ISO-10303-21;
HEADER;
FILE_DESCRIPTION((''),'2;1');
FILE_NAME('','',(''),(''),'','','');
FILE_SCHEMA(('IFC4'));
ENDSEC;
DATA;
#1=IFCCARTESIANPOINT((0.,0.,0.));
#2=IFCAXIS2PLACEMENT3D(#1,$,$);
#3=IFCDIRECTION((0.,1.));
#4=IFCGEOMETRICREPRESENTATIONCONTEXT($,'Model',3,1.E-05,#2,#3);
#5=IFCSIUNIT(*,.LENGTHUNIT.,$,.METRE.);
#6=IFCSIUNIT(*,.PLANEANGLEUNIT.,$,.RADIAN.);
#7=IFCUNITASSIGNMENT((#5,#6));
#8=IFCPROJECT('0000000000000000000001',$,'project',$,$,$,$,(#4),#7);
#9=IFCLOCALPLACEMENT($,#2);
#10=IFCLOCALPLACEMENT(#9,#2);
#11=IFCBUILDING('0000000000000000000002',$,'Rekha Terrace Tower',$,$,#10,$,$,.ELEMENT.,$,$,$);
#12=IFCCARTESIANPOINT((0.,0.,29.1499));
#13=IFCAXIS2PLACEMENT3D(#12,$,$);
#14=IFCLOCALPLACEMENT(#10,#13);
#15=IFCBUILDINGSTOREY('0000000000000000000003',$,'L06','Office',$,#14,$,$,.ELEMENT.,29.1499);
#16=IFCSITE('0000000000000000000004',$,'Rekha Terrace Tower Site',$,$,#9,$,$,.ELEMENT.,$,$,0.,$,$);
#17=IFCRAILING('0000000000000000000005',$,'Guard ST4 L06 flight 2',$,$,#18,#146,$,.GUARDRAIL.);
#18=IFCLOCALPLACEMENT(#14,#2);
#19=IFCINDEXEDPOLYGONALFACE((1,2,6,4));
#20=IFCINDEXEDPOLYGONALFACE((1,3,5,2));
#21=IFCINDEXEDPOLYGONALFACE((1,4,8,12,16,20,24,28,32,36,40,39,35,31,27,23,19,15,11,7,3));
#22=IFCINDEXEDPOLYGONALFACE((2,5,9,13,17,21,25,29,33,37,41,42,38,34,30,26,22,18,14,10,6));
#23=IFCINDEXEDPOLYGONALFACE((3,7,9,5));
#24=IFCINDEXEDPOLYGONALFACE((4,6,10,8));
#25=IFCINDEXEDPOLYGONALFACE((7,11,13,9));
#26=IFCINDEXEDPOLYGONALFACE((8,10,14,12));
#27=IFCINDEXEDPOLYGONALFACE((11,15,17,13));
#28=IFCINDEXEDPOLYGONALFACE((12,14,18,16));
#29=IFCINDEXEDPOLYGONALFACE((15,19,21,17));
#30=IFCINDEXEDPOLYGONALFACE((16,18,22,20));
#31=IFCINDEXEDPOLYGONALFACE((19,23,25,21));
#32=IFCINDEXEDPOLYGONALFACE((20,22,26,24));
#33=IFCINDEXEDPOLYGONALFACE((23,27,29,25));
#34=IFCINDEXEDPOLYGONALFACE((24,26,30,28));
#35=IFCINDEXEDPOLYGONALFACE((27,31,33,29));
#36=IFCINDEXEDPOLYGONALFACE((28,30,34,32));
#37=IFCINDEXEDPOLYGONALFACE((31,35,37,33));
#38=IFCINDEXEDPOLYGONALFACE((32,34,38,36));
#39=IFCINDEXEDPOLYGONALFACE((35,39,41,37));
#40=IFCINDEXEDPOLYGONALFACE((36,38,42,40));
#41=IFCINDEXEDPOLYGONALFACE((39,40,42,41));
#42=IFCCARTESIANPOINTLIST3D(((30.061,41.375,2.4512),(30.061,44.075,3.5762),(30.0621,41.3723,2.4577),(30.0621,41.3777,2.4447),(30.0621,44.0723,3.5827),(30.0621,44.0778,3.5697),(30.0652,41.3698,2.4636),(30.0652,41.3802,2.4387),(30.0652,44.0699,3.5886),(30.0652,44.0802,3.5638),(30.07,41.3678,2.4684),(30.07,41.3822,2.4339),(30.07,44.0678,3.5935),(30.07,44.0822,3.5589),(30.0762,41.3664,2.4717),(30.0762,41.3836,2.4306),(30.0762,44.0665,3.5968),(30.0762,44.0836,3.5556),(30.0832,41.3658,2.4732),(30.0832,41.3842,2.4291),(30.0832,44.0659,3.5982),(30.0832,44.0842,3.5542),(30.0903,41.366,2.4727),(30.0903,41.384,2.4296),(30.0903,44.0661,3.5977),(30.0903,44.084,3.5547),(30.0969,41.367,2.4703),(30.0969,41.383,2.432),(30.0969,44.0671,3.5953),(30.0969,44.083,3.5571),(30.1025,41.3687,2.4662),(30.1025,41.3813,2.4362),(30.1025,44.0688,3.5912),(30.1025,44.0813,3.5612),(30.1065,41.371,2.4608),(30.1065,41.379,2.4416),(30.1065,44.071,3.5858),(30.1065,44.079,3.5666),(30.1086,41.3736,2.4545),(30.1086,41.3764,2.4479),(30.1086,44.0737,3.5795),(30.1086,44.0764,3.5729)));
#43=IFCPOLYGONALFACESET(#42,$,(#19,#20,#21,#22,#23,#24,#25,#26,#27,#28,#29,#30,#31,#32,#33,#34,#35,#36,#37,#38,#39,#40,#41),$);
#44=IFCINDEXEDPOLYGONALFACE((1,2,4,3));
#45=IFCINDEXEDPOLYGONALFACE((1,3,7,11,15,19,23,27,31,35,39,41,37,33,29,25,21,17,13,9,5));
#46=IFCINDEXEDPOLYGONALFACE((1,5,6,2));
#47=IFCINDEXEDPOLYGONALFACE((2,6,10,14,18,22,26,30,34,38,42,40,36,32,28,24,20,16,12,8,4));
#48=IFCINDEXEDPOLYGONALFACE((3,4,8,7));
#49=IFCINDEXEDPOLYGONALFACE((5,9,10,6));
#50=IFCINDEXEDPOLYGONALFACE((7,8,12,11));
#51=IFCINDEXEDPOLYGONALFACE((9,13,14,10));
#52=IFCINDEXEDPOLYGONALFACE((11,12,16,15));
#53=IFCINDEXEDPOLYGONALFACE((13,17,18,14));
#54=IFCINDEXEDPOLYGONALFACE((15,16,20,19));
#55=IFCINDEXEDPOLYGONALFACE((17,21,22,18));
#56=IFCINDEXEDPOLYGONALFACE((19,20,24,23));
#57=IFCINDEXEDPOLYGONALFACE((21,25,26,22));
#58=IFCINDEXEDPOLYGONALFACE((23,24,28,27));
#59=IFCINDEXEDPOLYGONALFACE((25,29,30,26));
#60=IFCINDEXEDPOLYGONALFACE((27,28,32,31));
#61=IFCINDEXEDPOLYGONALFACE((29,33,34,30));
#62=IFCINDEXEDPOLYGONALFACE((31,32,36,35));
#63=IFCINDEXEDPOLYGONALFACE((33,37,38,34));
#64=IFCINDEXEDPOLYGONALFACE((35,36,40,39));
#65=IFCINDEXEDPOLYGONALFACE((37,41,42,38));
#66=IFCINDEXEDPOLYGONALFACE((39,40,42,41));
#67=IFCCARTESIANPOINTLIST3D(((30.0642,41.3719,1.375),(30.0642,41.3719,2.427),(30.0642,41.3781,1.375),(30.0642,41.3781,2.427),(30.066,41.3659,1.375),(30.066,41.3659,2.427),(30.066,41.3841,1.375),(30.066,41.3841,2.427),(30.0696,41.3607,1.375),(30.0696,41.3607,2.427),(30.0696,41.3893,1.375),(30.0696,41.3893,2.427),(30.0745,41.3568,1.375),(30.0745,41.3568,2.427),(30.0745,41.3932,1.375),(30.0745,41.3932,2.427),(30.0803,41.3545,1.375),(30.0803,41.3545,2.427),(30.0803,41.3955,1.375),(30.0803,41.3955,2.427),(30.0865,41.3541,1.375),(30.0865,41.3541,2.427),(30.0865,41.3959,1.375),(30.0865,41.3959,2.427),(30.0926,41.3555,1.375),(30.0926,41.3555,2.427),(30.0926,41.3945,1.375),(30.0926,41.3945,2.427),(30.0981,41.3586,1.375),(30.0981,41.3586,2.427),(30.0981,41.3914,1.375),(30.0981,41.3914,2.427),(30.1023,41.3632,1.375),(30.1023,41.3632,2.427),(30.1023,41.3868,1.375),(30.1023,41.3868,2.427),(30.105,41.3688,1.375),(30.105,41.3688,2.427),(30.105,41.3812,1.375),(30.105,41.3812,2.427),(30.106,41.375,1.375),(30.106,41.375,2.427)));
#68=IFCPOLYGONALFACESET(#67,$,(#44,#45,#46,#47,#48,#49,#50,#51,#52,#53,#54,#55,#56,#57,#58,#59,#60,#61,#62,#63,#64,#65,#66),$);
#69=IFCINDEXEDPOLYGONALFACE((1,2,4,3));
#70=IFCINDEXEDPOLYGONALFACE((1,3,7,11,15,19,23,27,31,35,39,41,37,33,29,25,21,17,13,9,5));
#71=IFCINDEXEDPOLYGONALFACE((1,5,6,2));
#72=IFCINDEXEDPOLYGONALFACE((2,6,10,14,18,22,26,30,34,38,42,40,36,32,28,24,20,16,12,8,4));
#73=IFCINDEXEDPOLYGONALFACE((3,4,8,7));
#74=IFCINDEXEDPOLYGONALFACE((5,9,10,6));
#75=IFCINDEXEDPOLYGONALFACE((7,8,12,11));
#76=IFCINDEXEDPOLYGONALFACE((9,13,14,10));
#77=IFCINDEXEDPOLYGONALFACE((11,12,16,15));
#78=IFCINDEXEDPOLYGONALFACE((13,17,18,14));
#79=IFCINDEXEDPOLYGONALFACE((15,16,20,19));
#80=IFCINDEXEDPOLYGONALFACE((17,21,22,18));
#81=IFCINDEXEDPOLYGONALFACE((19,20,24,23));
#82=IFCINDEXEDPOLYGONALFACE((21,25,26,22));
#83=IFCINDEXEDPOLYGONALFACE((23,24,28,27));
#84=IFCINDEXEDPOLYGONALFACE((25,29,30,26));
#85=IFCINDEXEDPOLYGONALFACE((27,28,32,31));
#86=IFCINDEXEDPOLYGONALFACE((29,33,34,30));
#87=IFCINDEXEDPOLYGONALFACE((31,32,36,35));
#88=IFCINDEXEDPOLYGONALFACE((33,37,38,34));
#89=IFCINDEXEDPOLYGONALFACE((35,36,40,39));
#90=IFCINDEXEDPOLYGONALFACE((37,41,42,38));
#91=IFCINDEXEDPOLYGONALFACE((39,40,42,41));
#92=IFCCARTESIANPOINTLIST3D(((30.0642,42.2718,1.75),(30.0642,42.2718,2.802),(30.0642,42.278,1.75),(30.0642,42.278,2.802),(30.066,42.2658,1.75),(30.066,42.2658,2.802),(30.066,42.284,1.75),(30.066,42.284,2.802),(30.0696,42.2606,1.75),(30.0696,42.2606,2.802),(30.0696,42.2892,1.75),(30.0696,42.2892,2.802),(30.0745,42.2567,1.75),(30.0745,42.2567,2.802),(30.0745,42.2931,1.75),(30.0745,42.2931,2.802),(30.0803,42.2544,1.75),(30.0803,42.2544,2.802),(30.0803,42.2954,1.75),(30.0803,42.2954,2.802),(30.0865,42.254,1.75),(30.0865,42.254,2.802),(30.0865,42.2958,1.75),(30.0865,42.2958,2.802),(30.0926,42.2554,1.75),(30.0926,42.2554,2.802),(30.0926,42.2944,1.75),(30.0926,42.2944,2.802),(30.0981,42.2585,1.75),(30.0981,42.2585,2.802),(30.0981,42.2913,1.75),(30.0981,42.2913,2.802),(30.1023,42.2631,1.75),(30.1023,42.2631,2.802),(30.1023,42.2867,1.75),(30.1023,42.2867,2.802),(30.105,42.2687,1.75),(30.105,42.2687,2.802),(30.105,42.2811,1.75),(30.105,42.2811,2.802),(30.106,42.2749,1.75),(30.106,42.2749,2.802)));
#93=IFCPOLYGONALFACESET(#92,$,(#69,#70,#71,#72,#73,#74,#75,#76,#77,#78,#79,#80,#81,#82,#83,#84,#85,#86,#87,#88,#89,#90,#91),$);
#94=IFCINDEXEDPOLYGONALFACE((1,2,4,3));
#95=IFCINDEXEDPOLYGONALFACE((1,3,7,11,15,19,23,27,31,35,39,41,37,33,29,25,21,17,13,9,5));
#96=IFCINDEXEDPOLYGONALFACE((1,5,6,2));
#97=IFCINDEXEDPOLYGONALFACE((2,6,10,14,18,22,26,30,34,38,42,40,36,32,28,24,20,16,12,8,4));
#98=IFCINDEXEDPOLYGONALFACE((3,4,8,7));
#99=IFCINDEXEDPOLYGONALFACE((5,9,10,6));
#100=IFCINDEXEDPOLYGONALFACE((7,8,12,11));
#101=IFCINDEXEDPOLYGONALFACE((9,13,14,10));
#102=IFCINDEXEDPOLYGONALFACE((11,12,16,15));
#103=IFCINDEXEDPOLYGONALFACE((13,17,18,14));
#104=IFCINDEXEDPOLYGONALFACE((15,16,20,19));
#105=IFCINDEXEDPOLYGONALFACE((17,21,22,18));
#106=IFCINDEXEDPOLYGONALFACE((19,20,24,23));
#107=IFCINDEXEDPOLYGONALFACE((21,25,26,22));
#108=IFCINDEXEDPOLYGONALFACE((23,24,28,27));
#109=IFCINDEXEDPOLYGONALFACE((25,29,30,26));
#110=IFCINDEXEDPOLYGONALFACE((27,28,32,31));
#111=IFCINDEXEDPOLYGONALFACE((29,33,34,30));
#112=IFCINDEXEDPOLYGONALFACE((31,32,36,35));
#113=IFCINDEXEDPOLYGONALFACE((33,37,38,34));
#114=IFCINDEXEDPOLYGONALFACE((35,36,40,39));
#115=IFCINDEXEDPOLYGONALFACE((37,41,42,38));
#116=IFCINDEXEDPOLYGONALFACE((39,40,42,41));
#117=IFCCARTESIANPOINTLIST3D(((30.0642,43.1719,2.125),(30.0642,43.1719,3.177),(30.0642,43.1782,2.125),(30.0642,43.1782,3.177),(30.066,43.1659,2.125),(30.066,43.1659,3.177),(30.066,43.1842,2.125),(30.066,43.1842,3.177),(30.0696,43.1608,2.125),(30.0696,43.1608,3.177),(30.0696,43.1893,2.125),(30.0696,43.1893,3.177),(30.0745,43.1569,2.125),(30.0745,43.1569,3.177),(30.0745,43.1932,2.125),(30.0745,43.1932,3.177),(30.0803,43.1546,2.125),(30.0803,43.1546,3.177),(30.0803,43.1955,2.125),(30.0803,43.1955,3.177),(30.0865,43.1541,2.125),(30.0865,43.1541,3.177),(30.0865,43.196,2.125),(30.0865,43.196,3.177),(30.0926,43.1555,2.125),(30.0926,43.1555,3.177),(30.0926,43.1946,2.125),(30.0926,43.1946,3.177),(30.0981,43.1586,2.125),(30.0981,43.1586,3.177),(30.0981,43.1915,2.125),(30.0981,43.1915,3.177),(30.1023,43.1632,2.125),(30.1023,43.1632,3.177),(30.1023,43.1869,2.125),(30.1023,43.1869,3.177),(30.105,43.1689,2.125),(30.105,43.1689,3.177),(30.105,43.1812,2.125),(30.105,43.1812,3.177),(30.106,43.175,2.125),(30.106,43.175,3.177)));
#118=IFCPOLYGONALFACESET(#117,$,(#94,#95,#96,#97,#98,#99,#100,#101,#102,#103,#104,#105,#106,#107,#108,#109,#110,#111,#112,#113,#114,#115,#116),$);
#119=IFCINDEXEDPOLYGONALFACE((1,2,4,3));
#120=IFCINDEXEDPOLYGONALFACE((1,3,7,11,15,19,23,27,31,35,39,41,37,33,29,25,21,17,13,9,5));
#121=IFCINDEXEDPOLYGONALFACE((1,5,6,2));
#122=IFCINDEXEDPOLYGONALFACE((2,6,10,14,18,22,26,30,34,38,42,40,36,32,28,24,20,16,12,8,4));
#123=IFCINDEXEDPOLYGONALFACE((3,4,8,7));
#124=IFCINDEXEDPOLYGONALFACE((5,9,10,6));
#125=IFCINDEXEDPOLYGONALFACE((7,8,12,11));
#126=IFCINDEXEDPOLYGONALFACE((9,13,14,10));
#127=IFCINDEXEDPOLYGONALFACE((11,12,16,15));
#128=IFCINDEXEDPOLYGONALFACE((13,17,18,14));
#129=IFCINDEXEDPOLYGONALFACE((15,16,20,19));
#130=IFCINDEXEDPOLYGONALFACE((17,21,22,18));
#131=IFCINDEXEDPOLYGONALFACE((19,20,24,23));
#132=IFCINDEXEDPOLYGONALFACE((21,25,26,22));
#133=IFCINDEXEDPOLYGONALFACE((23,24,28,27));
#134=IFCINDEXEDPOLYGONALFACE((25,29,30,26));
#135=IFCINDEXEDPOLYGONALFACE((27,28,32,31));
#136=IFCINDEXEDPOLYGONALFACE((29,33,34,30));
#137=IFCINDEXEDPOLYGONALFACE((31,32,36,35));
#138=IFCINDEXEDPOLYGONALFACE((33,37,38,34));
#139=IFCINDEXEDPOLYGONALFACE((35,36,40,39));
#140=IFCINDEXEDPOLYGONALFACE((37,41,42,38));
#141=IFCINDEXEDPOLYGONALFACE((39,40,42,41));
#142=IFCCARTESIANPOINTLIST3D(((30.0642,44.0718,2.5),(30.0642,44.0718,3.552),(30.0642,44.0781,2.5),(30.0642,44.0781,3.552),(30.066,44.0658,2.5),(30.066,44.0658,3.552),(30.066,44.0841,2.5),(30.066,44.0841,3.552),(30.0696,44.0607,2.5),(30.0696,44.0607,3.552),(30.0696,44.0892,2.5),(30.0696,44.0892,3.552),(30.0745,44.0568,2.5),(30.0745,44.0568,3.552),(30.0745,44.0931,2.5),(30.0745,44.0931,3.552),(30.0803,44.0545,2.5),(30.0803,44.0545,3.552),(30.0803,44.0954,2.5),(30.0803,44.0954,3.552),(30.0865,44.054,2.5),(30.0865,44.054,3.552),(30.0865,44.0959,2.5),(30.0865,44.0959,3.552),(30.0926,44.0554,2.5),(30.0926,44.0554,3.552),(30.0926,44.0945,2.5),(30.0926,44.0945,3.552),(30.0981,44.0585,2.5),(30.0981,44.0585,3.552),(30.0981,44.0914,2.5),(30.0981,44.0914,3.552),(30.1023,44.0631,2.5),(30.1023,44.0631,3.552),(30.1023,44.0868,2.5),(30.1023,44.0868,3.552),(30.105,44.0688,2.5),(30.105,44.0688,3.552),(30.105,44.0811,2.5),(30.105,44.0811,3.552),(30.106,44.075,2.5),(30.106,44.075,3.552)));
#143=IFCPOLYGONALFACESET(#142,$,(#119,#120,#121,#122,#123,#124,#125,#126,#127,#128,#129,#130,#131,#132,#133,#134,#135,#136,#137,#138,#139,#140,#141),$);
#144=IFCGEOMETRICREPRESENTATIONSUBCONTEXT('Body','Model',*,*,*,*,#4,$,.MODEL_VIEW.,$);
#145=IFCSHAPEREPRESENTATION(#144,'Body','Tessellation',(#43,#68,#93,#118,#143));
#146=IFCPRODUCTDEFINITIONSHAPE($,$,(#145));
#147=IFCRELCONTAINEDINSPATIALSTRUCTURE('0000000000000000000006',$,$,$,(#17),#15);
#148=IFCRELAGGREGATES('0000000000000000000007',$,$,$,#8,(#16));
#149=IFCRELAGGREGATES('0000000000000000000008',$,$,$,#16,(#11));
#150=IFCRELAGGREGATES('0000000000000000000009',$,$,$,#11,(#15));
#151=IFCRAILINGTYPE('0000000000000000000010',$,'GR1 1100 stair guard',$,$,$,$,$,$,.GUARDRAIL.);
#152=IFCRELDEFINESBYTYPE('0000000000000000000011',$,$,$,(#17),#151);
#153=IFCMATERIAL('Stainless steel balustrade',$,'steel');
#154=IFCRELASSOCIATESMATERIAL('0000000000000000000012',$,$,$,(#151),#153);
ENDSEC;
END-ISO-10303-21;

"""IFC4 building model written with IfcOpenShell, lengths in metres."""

from ifc_helpers import new_model, si_unit, direction, frame, origin, origin_2d, place, context, subcontext, project, spatial, circle, extrude, material, type_object, element, save


model = new_model("IFC4")

# Units and contexts
model_context = context("Model", 3, precision=1e-05, world=origin(), true_north=direction((0.0, 1.0)))
body_context = subcontext(model_context, "Body", "Model", "MODEL_VIEW")
ifc_project = project(units=[si_unit("LENGTHUNIT", "METRE"), si_unit("PLANEANGLEUNIT", "RADIAN")], contexts=[model_context])

# Site, building, storey
site_placement = place(None, origin())
site = spatial("IfcSite", under=ifc_project, at=site_placement, Name="Rekha Terrace Tower Site", CompositionType="ELEMENT", RefElevation=0.0)
building_placement = place(site_placement, origin())
building = spatial("IfcBuilding", under=site, at=building_placement, Name="Rekha Terrace Tower", CompositionType="ELEMENT")
storey_placement = place(building_placement, frame((0.0, 0.0, 29.1499)))
storey = spatial("IfcBuildingStorey", under=building, at=storey_placement, Name="L06", Description="Office", CompositionType="ELEMENT", Elevation=29.1499)

# Railing
ifc_material_1 = material(Name="Stainless steel balustrade", Category="steel")
railing_type_1 = type_object("IfcRailingType", Name="GR1 1100 stair guard", PredefinedType="GUARDRAIL", material=ifc_material_1)
railing_1_placement = place(storey_placement, frame((30.085, 41.375, 1.375)))
element("IfcRailing", 1, at=railing_1_placement, inside=storey, type_object=railing_type_1, Name="Guard ST4 L06 flight 2", PredefinedType="GUARDRAIL", context=body_context, shape_type="SweptSolid", body=[
    extrude(circle(Radius=0.0239, at=origin_2d()), frame((0.0, 0.0, 1.0762), z_axis=(0.0, 0.923074, 0.384621), x_axis=(-1.0, 0.0, 0.0)), (0.0, 0.0, 1.0), 2.925),
    extrude(circle(Radius=0.021, at=origin_2d()), origin(), (0.0, 0.0, 1.0), 1.052),
    extrude(circle(Radius=0.021, at=origin_2d()), frame((0.0, 0.8999, 0.375)), (0.0, 0.0, 1.0), 1.052),
    extrude(circle(Radius=0.021, at=origin_2d()), frame((0.0, 1.8, 0.75)), (0.0, 0.0, 1.0), 1.052),
    extrude(circle(Radius=0.021, at=origin_2d()), frame((0.0, 2.7, 1.125)), (0.0, 0.0, 1.0), 1.052),
])

save(model, "model.ifc")
